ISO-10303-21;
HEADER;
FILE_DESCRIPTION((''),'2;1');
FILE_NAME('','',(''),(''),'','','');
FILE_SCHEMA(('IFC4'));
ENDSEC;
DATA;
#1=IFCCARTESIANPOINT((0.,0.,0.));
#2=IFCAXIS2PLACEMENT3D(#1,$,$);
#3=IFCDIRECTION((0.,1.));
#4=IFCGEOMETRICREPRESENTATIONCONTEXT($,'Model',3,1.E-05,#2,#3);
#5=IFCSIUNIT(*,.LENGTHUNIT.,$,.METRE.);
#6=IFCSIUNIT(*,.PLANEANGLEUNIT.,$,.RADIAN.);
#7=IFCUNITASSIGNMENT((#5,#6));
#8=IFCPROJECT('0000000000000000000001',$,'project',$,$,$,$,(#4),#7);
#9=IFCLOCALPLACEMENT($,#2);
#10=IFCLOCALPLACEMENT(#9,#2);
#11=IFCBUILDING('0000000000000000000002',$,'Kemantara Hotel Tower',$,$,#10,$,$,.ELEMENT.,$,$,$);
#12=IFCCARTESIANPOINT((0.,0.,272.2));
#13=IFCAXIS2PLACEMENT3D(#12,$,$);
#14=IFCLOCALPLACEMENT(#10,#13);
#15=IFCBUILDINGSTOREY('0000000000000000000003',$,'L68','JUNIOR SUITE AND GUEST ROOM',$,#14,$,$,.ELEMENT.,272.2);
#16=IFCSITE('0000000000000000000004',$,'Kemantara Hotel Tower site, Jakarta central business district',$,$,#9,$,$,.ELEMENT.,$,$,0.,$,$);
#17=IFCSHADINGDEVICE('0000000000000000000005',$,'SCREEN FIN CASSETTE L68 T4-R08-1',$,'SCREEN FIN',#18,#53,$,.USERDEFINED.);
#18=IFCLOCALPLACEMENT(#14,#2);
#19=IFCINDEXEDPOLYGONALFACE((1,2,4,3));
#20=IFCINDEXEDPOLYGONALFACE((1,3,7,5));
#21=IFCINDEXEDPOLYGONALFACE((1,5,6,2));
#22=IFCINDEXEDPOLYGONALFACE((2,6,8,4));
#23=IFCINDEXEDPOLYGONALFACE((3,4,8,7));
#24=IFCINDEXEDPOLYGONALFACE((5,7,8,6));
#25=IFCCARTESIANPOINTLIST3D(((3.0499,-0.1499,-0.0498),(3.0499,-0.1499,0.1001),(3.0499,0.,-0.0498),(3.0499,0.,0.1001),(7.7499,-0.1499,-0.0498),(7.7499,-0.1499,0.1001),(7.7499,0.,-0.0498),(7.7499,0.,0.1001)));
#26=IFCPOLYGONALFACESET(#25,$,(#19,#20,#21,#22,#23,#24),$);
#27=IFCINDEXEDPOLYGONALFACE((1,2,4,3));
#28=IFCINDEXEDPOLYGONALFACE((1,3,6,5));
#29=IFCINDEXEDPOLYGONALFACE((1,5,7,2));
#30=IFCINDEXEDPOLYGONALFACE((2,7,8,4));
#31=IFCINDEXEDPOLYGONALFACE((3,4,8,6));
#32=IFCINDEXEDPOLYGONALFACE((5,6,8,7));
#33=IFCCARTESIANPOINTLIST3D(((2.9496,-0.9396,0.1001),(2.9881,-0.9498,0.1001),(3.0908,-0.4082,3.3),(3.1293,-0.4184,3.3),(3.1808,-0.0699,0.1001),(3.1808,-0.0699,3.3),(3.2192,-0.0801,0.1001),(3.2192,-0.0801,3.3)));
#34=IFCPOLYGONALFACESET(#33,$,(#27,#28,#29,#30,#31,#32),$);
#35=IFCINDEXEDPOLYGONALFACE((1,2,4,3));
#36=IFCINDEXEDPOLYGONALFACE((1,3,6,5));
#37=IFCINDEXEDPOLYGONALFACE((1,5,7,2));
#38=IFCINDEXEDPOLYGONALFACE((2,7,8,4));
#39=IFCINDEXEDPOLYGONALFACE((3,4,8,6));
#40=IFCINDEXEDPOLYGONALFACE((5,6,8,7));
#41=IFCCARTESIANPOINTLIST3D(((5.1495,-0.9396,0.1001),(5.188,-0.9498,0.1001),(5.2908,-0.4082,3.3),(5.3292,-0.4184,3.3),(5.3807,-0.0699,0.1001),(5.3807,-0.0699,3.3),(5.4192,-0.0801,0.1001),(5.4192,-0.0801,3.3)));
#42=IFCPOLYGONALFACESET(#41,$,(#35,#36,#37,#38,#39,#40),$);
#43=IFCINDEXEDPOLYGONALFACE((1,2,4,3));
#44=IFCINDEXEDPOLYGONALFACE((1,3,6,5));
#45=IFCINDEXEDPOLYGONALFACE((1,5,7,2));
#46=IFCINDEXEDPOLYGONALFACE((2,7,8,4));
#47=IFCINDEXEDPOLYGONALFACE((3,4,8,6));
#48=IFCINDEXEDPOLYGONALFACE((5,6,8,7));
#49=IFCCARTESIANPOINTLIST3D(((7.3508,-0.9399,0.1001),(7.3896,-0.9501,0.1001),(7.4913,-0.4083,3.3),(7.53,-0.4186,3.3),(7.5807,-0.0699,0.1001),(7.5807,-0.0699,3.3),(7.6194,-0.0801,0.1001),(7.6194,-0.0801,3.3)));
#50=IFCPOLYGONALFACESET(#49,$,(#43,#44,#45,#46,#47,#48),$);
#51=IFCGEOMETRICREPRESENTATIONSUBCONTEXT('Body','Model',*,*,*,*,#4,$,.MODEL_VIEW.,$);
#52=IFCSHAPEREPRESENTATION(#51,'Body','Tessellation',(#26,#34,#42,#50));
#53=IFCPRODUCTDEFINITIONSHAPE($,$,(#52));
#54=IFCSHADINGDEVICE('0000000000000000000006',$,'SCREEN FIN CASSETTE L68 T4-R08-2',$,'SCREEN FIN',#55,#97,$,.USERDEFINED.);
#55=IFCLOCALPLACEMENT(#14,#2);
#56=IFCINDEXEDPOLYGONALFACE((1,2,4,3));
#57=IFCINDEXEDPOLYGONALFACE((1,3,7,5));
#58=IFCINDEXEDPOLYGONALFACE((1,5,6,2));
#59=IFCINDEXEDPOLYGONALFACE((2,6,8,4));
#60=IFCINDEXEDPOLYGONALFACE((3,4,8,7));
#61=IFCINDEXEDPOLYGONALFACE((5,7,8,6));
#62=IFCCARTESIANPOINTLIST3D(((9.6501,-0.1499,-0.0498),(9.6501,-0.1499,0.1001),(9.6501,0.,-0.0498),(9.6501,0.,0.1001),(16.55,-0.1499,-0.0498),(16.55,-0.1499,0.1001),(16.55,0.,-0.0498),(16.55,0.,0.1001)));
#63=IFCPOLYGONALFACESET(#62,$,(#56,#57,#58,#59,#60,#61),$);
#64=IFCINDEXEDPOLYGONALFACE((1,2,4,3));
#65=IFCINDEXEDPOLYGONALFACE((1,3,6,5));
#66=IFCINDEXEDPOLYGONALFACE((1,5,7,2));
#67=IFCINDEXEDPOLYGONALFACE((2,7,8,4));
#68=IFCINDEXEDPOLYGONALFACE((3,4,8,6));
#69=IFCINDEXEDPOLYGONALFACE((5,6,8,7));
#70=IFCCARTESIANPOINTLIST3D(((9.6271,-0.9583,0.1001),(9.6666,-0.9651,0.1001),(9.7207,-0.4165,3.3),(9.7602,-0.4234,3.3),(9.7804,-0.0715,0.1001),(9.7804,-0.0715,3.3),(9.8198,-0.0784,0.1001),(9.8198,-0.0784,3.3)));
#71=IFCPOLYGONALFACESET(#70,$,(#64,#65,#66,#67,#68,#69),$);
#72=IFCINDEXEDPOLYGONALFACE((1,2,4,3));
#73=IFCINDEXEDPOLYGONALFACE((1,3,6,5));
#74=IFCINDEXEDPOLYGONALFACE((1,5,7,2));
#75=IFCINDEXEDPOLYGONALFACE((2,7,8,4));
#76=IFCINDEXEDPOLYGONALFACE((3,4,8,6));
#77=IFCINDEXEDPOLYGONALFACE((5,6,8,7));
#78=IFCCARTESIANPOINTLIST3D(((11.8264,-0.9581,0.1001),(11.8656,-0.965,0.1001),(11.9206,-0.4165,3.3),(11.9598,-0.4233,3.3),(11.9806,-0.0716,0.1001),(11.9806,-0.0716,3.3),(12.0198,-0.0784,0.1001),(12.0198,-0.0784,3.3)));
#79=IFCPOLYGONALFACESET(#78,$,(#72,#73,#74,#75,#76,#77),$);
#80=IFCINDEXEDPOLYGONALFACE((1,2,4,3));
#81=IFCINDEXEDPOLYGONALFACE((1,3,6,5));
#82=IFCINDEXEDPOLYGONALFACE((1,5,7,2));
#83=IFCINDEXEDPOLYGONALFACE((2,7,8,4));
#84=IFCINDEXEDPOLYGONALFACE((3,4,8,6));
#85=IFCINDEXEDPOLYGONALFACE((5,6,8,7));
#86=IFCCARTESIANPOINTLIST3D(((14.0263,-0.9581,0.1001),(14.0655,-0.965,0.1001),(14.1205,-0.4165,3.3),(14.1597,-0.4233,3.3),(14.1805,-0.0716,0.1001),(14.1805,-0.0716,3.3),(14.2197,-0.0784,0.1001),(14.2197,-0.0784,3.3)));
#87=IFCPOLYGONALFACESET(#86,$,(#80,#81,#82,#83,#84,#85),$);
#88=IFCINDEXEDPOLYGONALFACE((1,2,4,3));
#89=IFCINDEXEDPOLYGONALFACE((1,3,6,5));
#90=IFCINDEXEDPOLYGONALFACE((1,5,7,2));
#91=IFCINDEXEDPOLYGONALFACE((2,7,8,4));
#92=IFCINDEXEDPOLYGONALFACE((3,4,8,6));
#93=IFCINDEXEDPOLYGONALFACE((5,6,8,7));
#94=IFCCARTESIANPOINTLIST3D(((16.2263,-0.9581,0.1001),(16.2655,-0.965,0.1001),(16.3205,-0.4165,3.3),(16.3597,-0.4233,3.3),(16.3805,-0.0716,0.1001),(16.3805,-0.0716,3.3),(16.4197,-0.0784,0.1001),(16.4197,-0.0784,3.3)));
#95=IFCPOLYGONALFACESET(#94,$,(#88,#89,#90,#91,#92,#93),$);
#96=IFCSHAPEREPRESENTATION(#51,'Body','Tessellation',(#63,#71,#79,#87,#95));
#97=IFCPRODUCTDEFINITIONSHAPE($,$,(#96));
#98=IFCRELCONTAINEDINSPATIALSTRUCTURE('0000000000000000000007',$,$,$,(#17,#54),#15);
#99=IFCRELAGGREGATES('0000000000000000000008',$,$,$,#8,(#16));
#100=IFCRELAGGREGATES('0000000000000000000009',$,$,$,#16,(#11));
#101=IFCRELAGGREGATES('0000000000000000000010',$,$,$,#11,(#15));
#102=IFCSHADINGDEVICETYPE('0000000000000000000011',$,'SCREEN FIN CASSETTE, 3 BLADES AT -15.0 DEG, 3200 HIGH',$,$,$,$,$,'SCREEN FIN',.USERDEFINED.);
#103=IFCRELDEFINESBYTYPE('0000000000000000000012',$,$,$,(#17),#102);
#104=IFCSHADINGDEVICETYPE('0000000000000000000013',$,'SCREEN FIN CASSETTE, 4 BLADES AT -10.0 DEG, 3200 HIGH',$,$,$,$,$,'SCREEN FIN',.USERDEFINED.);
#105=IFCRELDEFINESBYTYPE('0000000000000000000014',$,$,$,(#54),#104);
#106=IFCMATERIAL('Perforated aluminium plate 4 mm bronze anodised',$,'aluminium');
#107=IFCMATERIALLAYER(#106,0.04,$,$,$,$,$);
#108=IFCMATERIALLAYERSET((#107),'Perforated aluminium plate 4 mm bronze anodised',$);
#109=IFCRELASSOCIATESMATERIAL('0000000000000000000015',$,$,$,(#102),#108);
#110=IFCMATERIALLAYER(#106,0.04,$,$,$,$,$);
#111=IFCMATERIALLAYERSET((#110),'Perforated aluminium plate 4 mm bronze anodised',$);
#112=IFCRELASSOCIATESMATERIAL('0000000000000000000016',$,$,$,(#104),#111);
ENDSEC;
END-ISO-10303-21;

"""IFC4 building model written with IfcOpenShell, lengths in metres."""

from ifc_helpers import new_model, si_unit, direction, frame, origin, origin_2d, place, context, subcontext, project, spatial, polyline, rectangle, outline, extrude, source, transform, mapped, material, layer, layer_set, type_object, element, save


model = new_model("IFC4")

# Units and contexts
model_context = context("Model", 3, precision=1e-05, world=origin(), true_north=direction((0.0, 1.0)))
body_context = subcontext(model_context, "Body", "Model", "MODEL_VIEW")
ifc_project = project(units=[si_unit("LENGTHUNIT", "METRE"), si_unit("PLANEANGLEUNIT", "RADIAN")], contexts=[model_context])

# Site, building, storey
site_placement = place(None, origin())
site = spatial("IfcSite", under=ifc_project, at=site_placement, Name="Kemantara Hotel Tower site, Jakarta central business district", CompositionType="ELEMENT", RefElevation=0.0)
building_placement = place(site_placement, origin())
building = spatial("IfcBuilding", under=site, at=building_placement, Name="Kemantara Hotel Tower", CompositionType="ELEMENT")
storey_placement = place(building_placement, frame((0.0, 0.0, 272.2)))
storey = spatial("IfcBuildingStorey", under=building, at=storey_placement, Name="L68", Description="JUNIOR SUITE AND GUEST ROOM", CompositionType="ELEMENT", Elevation=272.2)

# Shading devices
ifc_material_1 = material(Name="Perforated aluminium plate 4 mm bronze anodised", Category="aluminium")
ifc_layer_1 = layer(ifc_material_1, 0.04)
ifc_layer_set_1 = layer_set([ifc_layer_1], Name="Perforated aluminium plate 4 mm bronze anodised")
shading_device_type_1 = type_object("IfcShadingDeviceType", Name="SCREEN FIN CASSETTE, 3 BLADES AT -15.0 DEG, 3200 HIGH", ElementType="SCREEN FIN", PredefinedType="USERDEFINED", material=ifc_layer_set_1)
shared_shape_1 = source(origin(), body_context, "Body", "SweptSolid", [
    extrude(rectangle(XDim=4.7, YDim=0.1499, at=origin_2d()), frame((2.2, -0.075, -0.1499), z_axis=(0.0, 0.0, 1.0), x_axis=(1.0, 0.0, 0.0)), (0.0, 0.0, 1.0), 0.1499),
    extrude(outline(polyline([(0.0, 0.0), (0.8999, 0.0), (0.3501, 3.2), (0.0, 3.2), (0.0, 0.0)])), frame((0.0193, -0.0801, 0.0), z_axis=(-0.966438, 0.256901, 0.0), x_axis=(-0.256901, -0.966438, 0.0)), (0.0, 0.0, 1.0), 0.0398),
    extrude(outline(polyline([(0.0, 0.0), (0.8999, 0.0), (0.3501, 3.2), (0.0, 3.2), (0.0, 0.0)])), frame((2.2192, -0.0801, 0.0), z_axis=(-0.966438, 0.256901, 0.0), x_axis=(-0.256901, -0.966438, 0.0)), (0.0, 0.0, 1.0), 0.0398),
    extrude(outline(polyline([(0.0, 0.0), (0.8999, 0.0), (0.3501, 3.2), (0.0, 3.2), (0.0, 0.0)])), frame((4.4194, -0.0801, 0.0), z_axis=(-0.966838, 0.255391, 0.0), x_axis=(-0.255391, -0.966838, 0.0)), (0.0, 0.0, 1.0), 0.04),
])
shading_device_1_placement = place(storey_placement, frame((3.2, 0.0, 0.1001), z_axis=(0.0, 0.0, 1.0), x_axis=(1.0, 0.0, 0.0)))
element("IfcShadingDevice", 1, at=shading_device_1_placement, inside=storey, type_object=shading_device_type_1, Name="SCREEN FIN CASSETTE L68 T4-R08-1", ObjectType="SCREEN FIN", PredefinedType="USERDEFINED", context=body_context, shape_type="MappedRepresentation", body=[
    mapped(shared_shape_1, transform((0.0, 0.0, 0.0))),
])
ifc_layer_2 = layer(ifc_material_1, 0.04)
ifc_layer_set_2 = layer_set([ifc_layer_2], Name="Perforated aluminium plate 4 mm bronze anodised")
shading_device_type_2 = type_object("IfcShadingDeviceType", Name="SCREEN FIN CASSETTE, 4 BLADES AT -10.0 DEG, 3200 HIGH", ElementType="SCREEN FIN", PredefinedType="USERDEFINED", material=ifc_layer_set_2)
shared_shape_2 = source(origin(), body_context, "Body", "SweptSolid", [
    extrude(rectangle(XDim=6.8999, YDim=0.1499, at=origin_2d()), frame((3.3, -0.075, -0.1499), z_axis=(0.0, 0.0, 1.0), x_axis=(1.0, 0.0, 0.0)), (0.0, 0.0, 1.0), 0.1499),
    extrude(outline(polyline([(0.0, 0.0), (0.8999, 0.0), (0.3501, 3.2), (0.0, 3.2), (0.0, 0.0)])), frame((0.0198, -0.0784, 0.0), z_axis=(-0.98539, 0.170314, 0.0), x_axis=(-0.170314, -0.98539, 0.0)), (0.0, 0.0, 1.0), 0.04),
    extrude(outline(polyline([(0.0, 0.0), (0.8999, 0.0), (0.3501, 3.2), (0.0, 3.2), (0.0, 0.0)])), frame((2.2197, -0.0784, 0.0), z_axis=(-0.985212, 0.171341, 0.0), x_axis=(-0.171341, -0.985212, 0.0)), (0.0, 0.0, 1.0), 0.0398),
    extrude(outline(polyline([(0.0, 0.0), (0.8999, 0.0), (0.3501, 3.2), (0.0, 3.2), (0.0, 0.0)])), frame((4.4197, -0.0784, 0.0), z_axis=(-0.985212, 0.171341, 0.0), x_axis=(-0.171341, -0.985212, 0.0)), (0.0, 0.0, 1.0), 0.0398),
    extrude(outline(polyline([(0.0, 0.0), (0.8999, 0.0), (0.3501, 3.2), (0.0, 3.2), (0.0, 0.0)])), frame((6.6196, -0.0784, 0.0), z_axis=(-0.985212, 0.171341, 0.0), x_axis=(-0.171341, -0.985212, 0.0)), (0.0, 0.0, 1.0), 0.0398),
])
shading_device_2_placement = place(storey_placement, frame((9.8, 0.0, 0.1001), z_axis=(0.0, 0.0, 1.0), x_axis=(1.0, 0.0, 0.0)))
element("IfcShadingDevice", 2, at=shading_device_2_placement, inside=storey, type_object=shading_device_type_2, Name="SCREEN FIN CASSETTE L68 T4-R08-2", ObjectType="SCREEN FIN", PredefinedType="USERDEFINED", context=body_context, shape_type="MappedRepresentation", body=[
    mapped(shared_shape_2, transform((0.0, 0.0, 0.0))),
])

save(model, "model.ifc")
